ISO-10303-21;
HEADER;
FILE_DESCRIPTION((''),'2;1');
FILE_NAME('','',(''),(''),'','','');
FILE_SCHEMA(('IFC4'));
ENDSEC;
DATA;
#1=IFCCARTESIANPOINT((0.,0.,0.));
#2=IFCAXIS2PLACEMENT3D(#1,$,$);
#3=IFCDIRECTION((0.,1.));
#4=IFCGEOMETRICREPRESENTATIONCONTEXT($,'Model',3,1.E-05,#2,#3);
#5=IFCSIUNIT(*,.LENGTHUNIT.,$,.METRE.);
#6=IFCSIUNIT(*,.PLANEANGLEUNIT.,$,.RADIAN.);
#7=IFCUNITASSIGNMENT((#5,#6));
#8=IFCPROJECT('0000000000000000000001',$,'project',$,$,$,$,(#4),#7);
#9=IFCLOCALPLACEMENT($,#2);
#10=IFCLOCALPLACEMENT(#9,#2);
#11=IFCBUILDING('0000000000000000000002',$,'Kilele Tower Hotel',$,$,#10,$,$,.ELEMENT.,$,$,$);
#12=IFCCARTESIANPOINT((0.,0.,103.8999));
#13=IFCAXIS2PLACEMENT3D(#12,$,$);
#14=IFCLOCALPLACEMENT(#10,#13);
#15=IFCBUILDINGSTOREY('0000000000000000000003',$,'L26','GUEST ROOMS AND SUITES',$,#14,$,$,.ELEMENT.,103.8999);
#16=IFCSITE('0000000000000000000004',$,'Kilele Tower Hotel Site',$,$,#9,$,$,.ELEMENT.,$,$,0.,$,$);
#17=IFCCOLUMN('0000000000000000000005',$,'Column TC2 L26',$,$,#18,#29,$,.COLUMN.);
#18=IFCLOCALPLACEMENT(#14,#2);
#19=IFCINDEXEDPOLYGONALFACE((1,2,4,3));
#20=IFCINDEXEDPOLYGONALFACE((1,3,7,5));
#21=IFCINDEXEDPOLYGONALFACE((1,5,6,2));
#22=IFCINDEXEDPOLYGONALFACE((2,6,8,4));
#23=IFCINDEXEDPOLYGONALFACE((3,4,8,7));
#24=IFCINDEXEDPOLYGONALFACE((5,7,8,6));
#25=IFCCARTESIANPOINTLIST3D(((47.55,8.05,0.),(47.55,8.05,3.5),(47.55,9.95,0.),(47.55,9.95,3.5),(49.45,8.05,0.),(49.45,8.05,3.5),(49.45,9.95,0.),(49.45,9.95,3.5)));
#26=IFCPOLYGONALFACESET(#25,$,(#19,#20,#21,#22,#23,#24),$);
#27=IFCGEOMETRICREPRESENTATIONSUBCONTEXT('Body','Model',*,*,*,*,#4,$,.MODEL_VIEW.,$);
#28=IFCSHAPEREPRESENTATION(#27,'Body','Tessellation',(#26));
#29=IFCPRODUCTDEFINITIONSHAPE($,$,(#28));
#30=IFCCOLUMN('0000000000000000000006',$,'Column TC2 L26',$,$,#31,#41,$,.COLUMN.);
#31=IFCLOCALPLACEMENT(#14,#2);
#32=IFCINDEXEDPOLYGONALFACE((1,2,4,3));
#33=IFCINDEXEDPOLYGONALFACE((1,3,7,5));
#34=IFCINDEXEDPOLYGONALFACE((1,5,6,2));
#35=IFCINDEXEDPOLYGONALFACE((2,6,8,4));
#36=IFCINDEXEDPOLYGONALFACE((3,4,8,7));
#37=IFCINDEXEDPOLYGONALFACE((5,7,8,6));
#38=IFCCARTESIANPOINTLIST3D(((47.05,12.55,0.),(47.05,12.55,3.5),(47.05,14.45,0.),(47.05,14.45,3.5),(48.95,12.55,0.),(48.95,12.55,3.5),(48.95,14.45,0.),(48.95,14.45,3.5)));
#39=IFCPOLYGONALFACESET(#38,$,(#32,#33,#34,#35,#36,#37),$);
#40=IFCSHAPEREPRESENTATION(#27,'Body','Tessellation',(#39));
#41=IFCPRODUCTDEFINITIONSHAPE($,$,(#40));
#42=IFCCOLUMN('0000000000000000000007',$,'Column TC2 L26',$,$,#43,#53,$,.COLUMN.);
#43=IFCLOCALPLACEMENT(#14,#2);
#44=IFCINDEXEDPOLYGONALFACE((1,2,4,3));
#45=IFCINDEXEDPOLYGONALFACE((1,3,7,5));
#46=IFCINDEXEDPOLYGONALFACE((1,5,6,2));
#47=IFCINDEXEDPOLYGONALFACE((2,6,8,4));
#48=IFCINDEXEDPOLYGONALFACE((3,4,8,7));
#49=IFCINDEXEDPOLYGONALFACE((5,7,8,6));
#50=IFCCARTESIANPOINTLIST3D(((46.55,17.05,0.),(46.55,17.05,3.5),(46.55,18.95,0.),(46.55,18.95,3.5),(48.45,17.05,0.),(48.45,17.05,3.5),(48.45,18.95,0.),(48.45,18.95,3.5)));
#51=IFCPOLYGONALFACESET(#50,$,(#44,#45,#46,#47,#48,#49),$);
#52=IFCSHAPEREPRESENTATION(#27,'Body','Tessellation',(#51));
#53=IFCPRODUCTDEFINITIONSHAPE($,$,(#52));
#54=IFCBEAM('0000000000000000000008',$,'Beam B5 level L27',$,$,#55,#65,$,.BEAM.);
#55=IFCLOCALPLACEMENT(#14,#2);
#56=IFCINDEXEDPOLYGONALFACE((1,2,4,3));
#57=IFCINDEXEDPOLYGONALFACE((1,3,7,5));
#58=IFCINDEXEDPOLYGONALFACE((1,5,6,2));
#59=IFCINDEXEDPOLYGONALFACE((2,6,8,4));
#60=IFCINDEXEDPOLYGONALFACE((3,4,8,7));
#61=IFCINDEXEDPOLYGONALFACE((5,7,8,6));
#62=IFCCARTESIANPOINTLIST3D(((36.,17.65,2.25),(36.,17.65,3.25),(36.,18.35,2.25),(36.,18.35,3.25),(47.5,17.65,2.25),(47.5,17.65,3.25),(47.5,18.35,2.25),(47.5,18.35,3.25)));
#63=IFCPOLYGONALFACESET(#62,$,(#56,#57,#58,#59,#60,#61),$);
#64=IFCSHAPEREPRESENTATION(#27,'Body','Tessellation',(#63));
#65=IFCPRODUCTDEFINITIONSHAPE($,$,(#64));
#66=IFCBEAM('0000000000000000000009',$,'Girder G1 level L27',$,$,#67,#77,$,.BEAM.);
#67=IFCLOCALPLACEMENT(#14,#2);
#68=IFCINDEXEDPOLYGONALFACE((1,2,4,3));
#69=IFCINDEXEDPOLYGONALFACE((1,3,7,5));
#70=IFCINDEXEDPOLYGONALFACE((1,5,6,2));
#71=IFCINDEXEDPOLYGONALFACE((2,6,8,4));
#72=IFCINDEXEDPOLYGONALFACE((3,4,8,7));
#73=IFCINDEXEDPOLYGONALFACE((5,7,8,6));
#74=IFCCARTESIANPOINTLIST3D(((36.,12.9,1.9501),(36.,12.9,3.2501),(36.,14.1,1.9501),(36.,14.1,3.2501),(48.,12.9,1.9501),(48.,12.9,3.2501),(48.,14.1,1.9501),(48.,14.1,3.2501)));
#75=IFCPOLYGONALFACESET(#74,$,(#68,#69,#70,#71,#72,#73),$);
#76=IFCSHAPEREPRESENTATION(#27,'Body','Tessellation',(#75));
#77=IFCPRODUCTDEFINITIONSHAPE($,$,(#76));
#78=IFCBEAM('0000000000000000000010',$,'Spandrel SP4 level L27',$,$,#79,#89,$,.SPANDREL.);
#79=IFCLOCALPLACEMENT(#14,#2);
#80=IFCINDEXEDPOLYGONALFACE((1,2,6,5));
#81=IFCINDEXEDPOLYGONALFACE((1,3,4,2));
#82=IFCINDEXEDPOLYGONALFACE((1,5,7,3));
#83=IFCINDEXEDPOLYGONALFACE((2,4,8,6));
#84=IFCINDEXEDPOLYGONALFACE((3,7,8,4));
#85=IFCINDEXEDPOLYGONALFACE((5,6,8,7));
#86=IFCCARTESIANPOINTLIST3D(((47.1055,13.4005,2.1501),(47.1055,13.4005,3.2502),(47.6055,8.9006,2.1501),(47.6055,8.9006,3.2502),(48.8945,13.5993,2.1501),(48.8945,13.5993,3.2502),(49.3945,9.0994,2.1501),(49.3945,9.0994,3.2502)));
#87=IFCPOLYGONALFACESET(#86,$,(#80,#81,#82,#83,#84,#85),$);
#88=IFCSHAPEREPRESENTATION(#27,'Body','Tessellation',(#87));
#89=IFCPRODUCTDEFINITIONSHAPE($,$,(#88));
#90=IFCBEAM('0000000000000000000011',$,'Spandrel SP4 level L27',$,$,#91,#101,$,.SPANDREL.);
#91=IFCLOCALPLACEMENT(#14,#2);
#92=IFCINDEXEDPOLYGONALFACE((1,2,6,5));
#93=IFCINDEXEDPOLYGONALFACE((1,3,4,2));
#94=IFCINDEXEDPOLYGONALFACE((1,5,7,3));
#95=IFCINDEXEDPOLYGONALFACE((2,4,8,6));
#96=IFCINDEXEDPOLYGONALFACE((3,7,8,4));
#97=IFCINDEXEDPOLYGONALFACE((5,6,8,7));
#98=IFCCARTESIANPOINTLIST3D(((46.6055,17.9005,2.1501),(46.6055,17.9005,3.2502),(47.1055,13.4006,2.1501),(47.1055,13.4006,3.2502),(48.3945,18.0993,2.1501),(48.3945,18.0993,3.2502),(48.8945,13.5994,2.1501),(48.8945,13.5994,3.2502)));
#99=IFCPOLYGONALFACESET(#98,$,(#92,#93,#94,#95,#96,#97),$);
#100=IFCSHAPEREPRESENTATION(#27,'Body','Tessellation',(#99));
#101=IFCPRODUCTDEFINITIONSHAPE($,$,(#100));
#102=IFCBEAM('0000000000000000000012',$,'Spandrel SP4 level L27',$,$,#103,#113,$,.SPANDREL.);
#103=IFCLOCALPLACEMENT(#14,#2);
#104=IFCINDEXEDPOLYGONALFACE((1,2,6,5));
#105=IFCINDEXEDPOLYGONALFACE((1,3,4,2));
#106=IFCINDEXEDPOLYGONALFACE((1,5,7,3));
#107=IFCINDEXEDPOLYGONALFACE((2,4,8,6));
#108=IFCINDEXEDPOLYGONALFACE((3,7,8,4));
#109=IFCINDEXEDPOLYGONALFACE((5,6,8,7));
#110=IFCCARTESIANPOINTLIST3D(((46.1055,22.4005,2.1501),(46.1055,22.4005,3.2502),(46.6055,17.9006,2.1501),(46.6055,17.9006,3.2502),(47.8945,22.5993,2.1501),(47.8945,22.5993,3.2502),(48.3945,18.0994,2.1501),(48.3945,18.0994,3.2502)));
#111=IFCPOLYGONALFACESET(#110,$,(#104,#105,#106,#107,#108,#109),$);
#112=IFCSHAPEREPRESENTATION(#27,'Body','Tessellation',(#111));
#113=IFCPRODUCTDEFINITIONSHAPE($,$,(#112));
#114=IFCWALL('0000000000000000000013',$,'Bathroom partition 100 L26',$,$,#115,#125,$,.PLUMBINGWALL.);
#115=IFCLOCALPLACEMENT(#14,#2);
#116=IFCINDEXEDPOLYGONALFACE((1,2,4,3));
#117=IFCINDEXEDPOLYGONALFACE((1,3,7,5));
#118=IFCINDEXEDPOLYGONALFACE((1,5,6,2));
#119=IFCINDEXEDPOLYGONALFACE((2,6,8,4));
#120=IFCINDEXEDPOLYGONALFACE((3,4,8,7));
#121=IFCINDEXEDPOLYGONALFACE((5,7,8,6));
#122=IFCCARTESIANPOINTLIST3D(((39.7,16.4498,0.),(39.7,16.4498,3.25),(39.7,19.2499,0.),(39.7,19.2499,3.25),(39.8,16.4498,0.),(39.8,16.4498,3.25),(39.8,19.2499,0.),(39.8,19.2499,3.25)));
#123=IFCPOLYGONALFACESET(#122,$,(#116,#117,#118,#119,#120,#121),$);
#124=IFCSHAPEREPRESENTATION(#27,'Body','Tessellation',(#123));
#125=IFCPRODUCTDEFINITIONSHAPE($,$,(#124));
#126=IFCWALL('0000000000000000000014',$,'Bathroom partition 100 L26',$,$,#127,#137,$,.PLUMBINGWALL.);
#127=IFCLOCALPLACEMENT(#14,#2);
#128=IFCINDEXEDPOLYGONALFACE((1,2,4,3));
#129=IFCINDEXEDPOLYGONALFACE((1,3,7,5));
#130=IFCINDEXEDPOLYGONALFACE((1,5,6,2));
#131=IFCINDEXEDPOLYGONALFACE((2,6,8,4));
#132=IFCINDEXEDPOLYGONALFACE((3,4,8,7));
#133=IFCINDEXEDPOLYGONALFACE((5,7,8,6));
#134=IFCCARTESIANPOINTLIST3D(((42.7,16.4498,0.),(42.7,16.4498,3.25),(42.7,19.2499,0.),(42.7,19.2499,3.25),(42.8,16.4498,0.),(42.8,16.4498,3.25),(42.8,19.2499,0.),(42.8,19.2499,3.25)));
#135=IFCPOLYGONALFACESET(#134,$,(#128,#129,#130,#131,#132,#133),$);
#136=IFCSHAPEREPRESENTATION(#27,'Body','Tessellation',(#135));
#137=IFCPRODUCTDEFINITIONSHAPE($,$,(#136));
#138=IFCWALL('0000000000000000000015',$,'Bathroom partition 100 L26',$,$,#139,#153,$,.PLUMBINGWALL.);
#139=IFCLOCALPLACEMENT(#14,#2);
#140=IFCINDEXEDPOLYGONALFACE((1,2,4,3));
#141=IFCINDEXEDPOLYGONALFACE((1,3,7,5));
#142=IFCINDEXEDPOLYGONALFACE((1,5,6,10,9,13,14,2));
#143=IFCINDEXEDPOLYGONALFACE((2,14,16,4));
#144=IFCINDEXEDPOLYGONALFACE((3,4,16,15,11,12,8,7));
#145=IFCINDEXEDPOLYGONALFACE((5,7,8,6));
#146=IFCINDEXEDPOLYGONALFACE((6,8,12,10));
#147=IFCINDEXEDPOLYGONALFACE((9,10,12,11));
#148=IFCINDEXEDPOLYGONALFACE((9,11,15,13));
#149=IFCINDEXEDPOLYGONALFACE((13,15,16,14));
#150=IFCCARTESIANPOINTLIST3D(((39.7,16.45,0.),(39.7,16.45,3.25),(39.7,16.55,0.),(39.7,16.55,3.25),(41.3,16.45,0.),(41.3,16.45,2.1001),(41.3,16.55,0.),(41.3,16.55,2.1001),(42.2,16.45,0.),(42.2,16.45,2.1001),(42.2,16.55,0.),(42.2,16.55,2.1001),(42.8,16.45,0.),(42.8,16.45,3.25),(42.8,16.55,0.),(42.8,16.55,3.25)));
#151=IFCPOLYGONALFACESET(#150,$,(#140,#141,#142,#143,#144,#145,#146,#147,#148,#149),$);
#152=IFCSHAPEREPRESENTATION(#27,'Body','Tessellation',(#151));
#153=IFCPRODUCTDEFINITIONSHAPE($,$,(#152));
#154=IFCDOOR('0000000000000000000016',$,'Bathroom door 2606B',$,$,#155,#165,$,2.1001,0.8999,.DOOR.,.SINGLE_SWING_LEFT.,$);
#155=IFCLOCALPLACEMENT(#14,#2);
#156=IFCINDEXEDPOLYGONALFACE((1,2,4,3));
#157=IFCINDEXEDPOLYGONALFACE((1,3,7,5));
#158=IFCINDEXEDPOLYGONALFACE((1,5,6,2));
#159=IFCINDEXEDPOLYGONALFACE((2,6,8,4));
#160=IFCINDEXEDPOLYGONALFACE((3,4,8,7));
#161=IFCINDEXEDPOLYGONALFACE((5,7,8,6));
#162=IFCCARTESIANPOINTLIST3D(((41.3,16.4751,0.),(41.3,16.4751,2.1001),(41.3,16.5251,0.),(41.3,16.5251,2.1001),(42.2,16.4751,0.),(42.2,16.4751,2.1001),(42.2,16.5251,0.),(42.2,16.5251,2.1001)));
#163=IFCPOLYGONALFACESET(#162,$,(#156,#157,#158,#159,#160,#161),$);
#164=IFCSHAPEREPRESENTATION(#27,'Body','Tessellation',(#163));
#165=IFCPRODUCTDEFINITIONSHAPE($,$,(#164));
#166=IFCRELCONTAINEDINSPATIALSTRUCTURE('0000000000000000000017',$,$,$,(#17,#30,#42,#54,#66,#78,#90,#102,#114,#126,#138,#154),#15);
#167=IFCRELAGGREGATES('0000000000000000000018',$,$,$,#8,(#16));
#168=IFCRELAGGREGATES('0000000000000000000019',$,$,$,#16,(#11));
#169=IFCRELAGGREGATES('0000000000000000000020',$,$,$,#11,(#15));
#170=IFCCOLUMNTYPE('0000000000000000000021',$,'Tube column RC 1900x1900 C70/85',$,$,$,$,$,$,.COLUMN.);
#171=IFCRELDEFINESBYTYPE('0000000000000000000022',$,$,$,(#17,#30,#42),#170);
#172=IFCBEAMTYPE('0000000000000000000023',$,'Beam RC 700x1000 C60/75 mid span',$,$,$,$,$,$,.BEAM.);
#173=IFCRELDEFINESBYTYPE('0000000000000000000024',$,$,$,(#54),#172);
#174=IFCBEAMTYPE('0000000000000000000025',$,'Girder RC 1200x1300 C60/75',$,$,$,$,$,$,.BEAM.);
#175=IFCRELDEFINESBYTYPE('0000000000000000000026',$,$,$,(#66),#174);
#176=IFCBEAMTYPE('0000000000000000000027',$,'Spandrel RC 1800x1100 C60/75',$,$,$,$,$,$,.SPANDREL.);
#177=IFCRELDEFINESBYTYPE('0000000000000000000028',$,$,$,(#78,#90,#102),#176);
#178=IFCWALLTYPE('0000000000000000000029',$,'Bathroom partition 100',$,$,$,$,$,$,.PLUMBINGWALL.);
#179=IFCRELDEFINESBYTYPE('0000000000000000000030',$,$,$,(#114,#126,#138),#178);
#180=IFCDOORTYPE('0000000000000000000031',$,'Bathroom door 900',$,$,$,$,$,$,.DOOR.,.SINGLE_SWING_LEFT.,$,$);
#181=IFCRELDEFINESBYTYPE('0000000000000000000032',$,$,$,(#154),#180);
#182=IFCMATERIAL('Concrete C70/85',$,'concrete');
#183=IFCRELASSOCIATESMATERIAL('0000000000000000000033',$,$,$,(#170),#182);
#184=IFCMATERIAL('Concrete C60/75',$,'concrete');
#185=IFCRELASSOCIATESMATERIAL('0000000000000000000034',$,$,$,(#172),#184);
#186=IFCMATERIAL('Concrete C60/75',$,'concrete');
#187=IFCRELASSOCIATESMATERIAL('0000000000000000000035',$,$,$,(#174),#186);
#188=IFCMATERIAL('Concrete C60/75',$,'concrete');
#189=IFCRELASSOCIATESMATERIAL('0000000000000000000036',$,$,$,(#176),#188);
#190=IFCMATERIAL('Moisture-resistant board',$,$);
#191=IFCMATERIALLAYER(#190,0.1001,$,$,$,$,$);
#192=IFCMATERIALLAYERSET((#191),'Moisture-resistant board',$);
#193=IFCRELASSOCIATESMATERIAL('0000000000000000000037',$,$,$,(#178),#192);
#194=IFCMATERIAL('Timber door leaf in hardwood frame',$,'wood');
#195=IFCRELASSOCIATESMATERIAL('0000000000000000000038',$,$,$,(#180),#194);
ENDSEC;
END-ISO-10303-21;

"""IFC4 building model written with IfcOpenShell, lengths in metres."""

from ifc_helpers import new_model, si_unit, direction, frame, frame_2d, origin, origin_2d, place, context, subcontext, project, spatial, rectangle, extrude, material, layer, layer_set, material_profile, profile_set, type_object, element, fill, save


model = new_model("IFC4")

# Units and contexts
model_context = context("Model", 3, precision=1e-05, world=origin(), true_north=direction((0.0, 1.0)))
body_context = subcontext(model_context, "Body", "Model", "MODEL_VIEW")
ifc_project = project(units=[si_unit("LENGTHUNIT", "METRE"), si_unit("PLANEANGLEUNIT", "RADIAN")], contexts=[model_context])

# Site, building, storey
site_placement = place(None, origin())
site = spatial("IfcSite", under=ifc_project, at=site_placement, Name="Kilele Tower Hotel Site", CompositionType="ELEMENT", RefElevation=0.0)
building_placement = place(site_placement, origin())
building = spatial("IfcBuilding", under=site, at=building_placement, Name="Kilele Tower Hotel", CompositionType="ELEMENT")
storey_placement = place(building_placement, frame((0.0, 0.0, 103.8999)))
storey = spatial("IfcBuildingStorey", under=building, at=storey_placement, Name="L26", Description="GUEST ROOMS AND SUITES", CompositionType="ELEMENT", Elevation=103.8999)

# Columns
ifc_material_1 = material(Name="Concrete C70/85", Category="concrete")
ifc_material_profile_1 = material_profile(ifc_material_1, rectangle(XDim=1.8999, YDim=1.8999, at=origin_2d()))
ifc_profile_set_1 = profile_set([ifc_material_profile_1], Name="Concrete C70/85")
column_type = type_object("IfcColumnType", Name="Tube column RC 1900x1900 C70/85", PredefinedType="COLUMN", material=ifc_profile_set_1)
for number, where, z_axis, x_axis, name in (
    (1, (48.5, 9.0, 0.0), (0.0, 0.0, 1.0), (1.0, 0.0, 0.0), "Column TC2 L26"),
    (2, (48.0, 13.5, 0.0), (0.0, 0.0, 1.0), (1.0, 0.0, 0.0), "Column TC2 L26"),
    (3, (47.5, 18.0, 0.0), (0.0, 0.0, 1.0), (1.0, 0.0, 0.0), "Column TC2 L26"),
):
    element("IfcColumn", number, at=place(storey_placement, frame(where, z_axis=z_axis, x_axis=x_axis)), inside=storey, type_object=column_type, Name=name, PredefinedType="COLUMN", context=body_context, shape_type="SweptSolid", body=[
        extrude(rectangle(XDim=1.8999, YDim=1.8999, at=origin_2d()), origin(), (0.0, 0.0, 1.0), 3.5),
    ])

# Beams
ifc_material_2 = material(Name="Concrete C60/75", Category="concrete")
ifc_material_profile_2 = material_profile(ifc_material_2, rectangle(XDim=0.7, YDim=1.0, at=origin_2d()))
ifc_profile_set_2 = profile_set([ifc_material_profile_2], Name="Concrete C60/75")
beam_type_1 = type_object("IfcBeamType", Name="Beam RC 700x1000 C60/75 mid span", PredefinedType="BEAM", material=ifc_profile_set_2)
beam_1_placement = place(storey_placement, frame((47.5, 18.0, 2.75), z_axis=(-1.0, 0.0, 0.0), x_axis=(0.0, -1.0, 0.0)))
element("IfcBeam", 4, at=beam_1_placement, inside=storey, type_object=beam_type_1, Name="Beam B5 level L27", PredefinedType="BEAM", context=body_context, shape_type="SweptSolid", body=[
    extrude(rectangle(XDim=0.7, YDim=1.0, at=origin_2d()), origin(), (0.0, 0.0, 1.0), 11.5),
])
ifc_material_3 = material(Name="Concrete C60/75", Category="concrete")
ifc_material_profile_3 = material_profile(ifc_material_3, rectangle(XDim=1.2, YDim=1.3, at=origin_2d()))
ifc_profile_set_3 = profile_set([ifc_material_profile_3], Name="Concrete C60/75")
beam_type_2 = type_object("IfcBeamType", Name="Girder RC 1200x1300 C60/75", PredefinedType="BEAM", material=ifc_profile_set_3)
beam_2_placement = place(storey_placement, frame((48.0, 13.5, 2.6001), z_axis=(-1.0, 0.0, 0.0), x_axis=(0.0, -1.0, 0.0)))
element("IfcBeam", 5, at=beam_2_placement, inside=storey, type_object=beam_type_2, Name="Girder G1 level L27", PredefinedType="BEAM", context=body_context, shape_type="SweptSolid", body=[
    extrude(rectangle(XDim=1.2, YDim=1.3, at=origin_2d()), origin(), (0.0, 0.0, 1.0), 12.0),
])
ifc_material_4 = material(Name="Concrete C60/75", Category="concrete")
ifc_material_profile_4 = material_profile(ifc_material_4, rectangle(XDim=1.8, YDim=1.1001, at=origin_2d()))
ifc_profile_set_4 = profile_set([ifc_material_profile_4], Name="Concrete C60/75")
beam_type_3 = type_object("IfcBeamType", Name="Spandrel RC 1800x1100 C60/75", PredefinedType="SPANDREL", material=ifc_profile_set_4)
for number, where, z_axis, x_axis, name in (
    (6, (48.5, 9.0, 2.7002), (-0.110432, 0.993884, 0.0), (-0.993884, -0.110432, 0.0), "Spandrel SP4 level L27"),
    (7, (48.0, 13.5, 2.7002), (-0.110432, 0.993884, 0.0), (-0.993884, -0.110432, 0.0), "Spandrel SP4 level L27"),
    (8, (47.5, 18.0, 2.7002), (-0.110432, 0.993884, 0.0), (-0.993884, -0.110432, 0.0), "Spandrel SP4 level L27"),
):
    element("IfcBeam", number, at=place(storey_placement, frame(where, z_axis=z_axis, x_axis=x_axis)), inside=storey, type_object=beam_type_3, Name=name, PredefinedType="SPANDREL", context=body_context, shape_type="SweptSolid", body=[
        extrude(rectangle(XDim=1.8, YDim=1.1001, at=origin_2d()), origin(), (0.0, 0.0, 1.0), 4.5276),
    ])

# Walls
ifc_material_5 = material(Name="Moisture-resistant board")
ifc_layer_1 = layer(ifc_material_5, 0.1001)
ifc_layer_set_1 = layer_set([ifc_layer_1], Name="Moisture-resistant board")
wall_type_1 = type_object("IfcWallType", Name="Bathroom partition 100", PredefinedType="PLUMBINGWALL", material=ifc_layer_set_1)
for number, where, z_axis, x_axis, name in (
    (9, (39.75, 16.45, 0.0), (0.0, 0.0, 1.0), (0.0, 1.0, 0.0), "Bathroom partition 100 L26"),
    (10, (42.75, 16.45, 0.0), (0.0, 0.0, 1.0), (0.0, 1.0, 0.0), "Bathroom partition 100 L26"),
):
    element("IfcWall", number, at=place(storey_placement, frame(where, z_axis=z_axis, x_axis=x_axis)), inside=storey, type_object=wall_type_1, Name=name, PredefinedType="PLUMBINGWALL", context=body_context, shape_type="SweptSolid", body=[
        extrude(rectangle(XDim=2.8, YDim=0.1001, at=frame_2d((1.3999, 0.0))), origin(), (0.0, 0.0, 1.0), 3.25),
    ])

# Wall, opening, door
wall_1_placement = place(storey_placement, frame((39.7, 16.5, 0.0), z_axis=(0.0, 0.0, 1.0), x_axis=(1.0, 0.0, 0.0)))
wall_1 = element("IfcWall", 11, at=wall_1_placement, inside=storey, type_object=wall_type_1, Name="Bathroom partition 100 L26", PredefinedType="PLUMBINGWALL", context=body_context, shape_type="SweptSolid", body=[
    extrude(rectangle(XDim=3.1001, YDim=0.1001, at=frame_2d((1.55, 0.0))), origin(), (0.0, 0.0, 1.0), 3.25),
])
opening_1_placement = place(wall_1_placement, frame((2.5, 0.0, 0.0), z_axis=(0.0, 0.0, 1.0), x_axis=(-1.0, 0.0, 0.0)))
opening_1 = element("IfcOpeningElement", 12, at=opening_1_placement, cuts=wall_1, PredefinedType="OPENING", context=body_context, shape_type="SweptSolid", body=[
    extrude(rectangle(XDim=0.8999, YDim=2.1001, at=frame_2d((0.45, 1.05))), frame((0.0, 0.0601, 0.0), z_axis=(0.0, -1.0, 0.0), x_axis=(1.0, 0.0, 0.0)), (0.0, 0.0, 1.0), 0.1201),
])
ifc_material_6 = material(Name="Timber door leaf in hardwood frame", Category="wood")
door_type_1 = type_object("IfcDoorType", Name="Bathroom door 900", OperationType="SINGLE_SWING_LEFT", PredefinedType="DOOR", material=ifc_material_6)
door_1_placement = place(opening_1_placement, origin())
door_1 = element("IfcDoor", 13, at=door_1_placement, inside=storey, type_object=door_type_1, Name="Bathroom door 2606B", OperationType="SINGLE_SWING_LEFT", OverallHeight=2.1001, OverallWidth=0.8999, PredefinedType="DOOR", context=body_context, shape_type="SweptSolid", body=[
    extrude(rectangle(XDim=0.8999, YDim=2.1001, at=frame_2d((0.45, 1.05))), frame((0.0, 0.0249, 0.0), z_axis=(0.0, -1.0, 0.0), x_axis=(1.0, 0.0, 0.0)), (0.0, 0.0, 1.0), 0.05),
])
fill(opening_1, door_1)

save(model, "model.ifc")
